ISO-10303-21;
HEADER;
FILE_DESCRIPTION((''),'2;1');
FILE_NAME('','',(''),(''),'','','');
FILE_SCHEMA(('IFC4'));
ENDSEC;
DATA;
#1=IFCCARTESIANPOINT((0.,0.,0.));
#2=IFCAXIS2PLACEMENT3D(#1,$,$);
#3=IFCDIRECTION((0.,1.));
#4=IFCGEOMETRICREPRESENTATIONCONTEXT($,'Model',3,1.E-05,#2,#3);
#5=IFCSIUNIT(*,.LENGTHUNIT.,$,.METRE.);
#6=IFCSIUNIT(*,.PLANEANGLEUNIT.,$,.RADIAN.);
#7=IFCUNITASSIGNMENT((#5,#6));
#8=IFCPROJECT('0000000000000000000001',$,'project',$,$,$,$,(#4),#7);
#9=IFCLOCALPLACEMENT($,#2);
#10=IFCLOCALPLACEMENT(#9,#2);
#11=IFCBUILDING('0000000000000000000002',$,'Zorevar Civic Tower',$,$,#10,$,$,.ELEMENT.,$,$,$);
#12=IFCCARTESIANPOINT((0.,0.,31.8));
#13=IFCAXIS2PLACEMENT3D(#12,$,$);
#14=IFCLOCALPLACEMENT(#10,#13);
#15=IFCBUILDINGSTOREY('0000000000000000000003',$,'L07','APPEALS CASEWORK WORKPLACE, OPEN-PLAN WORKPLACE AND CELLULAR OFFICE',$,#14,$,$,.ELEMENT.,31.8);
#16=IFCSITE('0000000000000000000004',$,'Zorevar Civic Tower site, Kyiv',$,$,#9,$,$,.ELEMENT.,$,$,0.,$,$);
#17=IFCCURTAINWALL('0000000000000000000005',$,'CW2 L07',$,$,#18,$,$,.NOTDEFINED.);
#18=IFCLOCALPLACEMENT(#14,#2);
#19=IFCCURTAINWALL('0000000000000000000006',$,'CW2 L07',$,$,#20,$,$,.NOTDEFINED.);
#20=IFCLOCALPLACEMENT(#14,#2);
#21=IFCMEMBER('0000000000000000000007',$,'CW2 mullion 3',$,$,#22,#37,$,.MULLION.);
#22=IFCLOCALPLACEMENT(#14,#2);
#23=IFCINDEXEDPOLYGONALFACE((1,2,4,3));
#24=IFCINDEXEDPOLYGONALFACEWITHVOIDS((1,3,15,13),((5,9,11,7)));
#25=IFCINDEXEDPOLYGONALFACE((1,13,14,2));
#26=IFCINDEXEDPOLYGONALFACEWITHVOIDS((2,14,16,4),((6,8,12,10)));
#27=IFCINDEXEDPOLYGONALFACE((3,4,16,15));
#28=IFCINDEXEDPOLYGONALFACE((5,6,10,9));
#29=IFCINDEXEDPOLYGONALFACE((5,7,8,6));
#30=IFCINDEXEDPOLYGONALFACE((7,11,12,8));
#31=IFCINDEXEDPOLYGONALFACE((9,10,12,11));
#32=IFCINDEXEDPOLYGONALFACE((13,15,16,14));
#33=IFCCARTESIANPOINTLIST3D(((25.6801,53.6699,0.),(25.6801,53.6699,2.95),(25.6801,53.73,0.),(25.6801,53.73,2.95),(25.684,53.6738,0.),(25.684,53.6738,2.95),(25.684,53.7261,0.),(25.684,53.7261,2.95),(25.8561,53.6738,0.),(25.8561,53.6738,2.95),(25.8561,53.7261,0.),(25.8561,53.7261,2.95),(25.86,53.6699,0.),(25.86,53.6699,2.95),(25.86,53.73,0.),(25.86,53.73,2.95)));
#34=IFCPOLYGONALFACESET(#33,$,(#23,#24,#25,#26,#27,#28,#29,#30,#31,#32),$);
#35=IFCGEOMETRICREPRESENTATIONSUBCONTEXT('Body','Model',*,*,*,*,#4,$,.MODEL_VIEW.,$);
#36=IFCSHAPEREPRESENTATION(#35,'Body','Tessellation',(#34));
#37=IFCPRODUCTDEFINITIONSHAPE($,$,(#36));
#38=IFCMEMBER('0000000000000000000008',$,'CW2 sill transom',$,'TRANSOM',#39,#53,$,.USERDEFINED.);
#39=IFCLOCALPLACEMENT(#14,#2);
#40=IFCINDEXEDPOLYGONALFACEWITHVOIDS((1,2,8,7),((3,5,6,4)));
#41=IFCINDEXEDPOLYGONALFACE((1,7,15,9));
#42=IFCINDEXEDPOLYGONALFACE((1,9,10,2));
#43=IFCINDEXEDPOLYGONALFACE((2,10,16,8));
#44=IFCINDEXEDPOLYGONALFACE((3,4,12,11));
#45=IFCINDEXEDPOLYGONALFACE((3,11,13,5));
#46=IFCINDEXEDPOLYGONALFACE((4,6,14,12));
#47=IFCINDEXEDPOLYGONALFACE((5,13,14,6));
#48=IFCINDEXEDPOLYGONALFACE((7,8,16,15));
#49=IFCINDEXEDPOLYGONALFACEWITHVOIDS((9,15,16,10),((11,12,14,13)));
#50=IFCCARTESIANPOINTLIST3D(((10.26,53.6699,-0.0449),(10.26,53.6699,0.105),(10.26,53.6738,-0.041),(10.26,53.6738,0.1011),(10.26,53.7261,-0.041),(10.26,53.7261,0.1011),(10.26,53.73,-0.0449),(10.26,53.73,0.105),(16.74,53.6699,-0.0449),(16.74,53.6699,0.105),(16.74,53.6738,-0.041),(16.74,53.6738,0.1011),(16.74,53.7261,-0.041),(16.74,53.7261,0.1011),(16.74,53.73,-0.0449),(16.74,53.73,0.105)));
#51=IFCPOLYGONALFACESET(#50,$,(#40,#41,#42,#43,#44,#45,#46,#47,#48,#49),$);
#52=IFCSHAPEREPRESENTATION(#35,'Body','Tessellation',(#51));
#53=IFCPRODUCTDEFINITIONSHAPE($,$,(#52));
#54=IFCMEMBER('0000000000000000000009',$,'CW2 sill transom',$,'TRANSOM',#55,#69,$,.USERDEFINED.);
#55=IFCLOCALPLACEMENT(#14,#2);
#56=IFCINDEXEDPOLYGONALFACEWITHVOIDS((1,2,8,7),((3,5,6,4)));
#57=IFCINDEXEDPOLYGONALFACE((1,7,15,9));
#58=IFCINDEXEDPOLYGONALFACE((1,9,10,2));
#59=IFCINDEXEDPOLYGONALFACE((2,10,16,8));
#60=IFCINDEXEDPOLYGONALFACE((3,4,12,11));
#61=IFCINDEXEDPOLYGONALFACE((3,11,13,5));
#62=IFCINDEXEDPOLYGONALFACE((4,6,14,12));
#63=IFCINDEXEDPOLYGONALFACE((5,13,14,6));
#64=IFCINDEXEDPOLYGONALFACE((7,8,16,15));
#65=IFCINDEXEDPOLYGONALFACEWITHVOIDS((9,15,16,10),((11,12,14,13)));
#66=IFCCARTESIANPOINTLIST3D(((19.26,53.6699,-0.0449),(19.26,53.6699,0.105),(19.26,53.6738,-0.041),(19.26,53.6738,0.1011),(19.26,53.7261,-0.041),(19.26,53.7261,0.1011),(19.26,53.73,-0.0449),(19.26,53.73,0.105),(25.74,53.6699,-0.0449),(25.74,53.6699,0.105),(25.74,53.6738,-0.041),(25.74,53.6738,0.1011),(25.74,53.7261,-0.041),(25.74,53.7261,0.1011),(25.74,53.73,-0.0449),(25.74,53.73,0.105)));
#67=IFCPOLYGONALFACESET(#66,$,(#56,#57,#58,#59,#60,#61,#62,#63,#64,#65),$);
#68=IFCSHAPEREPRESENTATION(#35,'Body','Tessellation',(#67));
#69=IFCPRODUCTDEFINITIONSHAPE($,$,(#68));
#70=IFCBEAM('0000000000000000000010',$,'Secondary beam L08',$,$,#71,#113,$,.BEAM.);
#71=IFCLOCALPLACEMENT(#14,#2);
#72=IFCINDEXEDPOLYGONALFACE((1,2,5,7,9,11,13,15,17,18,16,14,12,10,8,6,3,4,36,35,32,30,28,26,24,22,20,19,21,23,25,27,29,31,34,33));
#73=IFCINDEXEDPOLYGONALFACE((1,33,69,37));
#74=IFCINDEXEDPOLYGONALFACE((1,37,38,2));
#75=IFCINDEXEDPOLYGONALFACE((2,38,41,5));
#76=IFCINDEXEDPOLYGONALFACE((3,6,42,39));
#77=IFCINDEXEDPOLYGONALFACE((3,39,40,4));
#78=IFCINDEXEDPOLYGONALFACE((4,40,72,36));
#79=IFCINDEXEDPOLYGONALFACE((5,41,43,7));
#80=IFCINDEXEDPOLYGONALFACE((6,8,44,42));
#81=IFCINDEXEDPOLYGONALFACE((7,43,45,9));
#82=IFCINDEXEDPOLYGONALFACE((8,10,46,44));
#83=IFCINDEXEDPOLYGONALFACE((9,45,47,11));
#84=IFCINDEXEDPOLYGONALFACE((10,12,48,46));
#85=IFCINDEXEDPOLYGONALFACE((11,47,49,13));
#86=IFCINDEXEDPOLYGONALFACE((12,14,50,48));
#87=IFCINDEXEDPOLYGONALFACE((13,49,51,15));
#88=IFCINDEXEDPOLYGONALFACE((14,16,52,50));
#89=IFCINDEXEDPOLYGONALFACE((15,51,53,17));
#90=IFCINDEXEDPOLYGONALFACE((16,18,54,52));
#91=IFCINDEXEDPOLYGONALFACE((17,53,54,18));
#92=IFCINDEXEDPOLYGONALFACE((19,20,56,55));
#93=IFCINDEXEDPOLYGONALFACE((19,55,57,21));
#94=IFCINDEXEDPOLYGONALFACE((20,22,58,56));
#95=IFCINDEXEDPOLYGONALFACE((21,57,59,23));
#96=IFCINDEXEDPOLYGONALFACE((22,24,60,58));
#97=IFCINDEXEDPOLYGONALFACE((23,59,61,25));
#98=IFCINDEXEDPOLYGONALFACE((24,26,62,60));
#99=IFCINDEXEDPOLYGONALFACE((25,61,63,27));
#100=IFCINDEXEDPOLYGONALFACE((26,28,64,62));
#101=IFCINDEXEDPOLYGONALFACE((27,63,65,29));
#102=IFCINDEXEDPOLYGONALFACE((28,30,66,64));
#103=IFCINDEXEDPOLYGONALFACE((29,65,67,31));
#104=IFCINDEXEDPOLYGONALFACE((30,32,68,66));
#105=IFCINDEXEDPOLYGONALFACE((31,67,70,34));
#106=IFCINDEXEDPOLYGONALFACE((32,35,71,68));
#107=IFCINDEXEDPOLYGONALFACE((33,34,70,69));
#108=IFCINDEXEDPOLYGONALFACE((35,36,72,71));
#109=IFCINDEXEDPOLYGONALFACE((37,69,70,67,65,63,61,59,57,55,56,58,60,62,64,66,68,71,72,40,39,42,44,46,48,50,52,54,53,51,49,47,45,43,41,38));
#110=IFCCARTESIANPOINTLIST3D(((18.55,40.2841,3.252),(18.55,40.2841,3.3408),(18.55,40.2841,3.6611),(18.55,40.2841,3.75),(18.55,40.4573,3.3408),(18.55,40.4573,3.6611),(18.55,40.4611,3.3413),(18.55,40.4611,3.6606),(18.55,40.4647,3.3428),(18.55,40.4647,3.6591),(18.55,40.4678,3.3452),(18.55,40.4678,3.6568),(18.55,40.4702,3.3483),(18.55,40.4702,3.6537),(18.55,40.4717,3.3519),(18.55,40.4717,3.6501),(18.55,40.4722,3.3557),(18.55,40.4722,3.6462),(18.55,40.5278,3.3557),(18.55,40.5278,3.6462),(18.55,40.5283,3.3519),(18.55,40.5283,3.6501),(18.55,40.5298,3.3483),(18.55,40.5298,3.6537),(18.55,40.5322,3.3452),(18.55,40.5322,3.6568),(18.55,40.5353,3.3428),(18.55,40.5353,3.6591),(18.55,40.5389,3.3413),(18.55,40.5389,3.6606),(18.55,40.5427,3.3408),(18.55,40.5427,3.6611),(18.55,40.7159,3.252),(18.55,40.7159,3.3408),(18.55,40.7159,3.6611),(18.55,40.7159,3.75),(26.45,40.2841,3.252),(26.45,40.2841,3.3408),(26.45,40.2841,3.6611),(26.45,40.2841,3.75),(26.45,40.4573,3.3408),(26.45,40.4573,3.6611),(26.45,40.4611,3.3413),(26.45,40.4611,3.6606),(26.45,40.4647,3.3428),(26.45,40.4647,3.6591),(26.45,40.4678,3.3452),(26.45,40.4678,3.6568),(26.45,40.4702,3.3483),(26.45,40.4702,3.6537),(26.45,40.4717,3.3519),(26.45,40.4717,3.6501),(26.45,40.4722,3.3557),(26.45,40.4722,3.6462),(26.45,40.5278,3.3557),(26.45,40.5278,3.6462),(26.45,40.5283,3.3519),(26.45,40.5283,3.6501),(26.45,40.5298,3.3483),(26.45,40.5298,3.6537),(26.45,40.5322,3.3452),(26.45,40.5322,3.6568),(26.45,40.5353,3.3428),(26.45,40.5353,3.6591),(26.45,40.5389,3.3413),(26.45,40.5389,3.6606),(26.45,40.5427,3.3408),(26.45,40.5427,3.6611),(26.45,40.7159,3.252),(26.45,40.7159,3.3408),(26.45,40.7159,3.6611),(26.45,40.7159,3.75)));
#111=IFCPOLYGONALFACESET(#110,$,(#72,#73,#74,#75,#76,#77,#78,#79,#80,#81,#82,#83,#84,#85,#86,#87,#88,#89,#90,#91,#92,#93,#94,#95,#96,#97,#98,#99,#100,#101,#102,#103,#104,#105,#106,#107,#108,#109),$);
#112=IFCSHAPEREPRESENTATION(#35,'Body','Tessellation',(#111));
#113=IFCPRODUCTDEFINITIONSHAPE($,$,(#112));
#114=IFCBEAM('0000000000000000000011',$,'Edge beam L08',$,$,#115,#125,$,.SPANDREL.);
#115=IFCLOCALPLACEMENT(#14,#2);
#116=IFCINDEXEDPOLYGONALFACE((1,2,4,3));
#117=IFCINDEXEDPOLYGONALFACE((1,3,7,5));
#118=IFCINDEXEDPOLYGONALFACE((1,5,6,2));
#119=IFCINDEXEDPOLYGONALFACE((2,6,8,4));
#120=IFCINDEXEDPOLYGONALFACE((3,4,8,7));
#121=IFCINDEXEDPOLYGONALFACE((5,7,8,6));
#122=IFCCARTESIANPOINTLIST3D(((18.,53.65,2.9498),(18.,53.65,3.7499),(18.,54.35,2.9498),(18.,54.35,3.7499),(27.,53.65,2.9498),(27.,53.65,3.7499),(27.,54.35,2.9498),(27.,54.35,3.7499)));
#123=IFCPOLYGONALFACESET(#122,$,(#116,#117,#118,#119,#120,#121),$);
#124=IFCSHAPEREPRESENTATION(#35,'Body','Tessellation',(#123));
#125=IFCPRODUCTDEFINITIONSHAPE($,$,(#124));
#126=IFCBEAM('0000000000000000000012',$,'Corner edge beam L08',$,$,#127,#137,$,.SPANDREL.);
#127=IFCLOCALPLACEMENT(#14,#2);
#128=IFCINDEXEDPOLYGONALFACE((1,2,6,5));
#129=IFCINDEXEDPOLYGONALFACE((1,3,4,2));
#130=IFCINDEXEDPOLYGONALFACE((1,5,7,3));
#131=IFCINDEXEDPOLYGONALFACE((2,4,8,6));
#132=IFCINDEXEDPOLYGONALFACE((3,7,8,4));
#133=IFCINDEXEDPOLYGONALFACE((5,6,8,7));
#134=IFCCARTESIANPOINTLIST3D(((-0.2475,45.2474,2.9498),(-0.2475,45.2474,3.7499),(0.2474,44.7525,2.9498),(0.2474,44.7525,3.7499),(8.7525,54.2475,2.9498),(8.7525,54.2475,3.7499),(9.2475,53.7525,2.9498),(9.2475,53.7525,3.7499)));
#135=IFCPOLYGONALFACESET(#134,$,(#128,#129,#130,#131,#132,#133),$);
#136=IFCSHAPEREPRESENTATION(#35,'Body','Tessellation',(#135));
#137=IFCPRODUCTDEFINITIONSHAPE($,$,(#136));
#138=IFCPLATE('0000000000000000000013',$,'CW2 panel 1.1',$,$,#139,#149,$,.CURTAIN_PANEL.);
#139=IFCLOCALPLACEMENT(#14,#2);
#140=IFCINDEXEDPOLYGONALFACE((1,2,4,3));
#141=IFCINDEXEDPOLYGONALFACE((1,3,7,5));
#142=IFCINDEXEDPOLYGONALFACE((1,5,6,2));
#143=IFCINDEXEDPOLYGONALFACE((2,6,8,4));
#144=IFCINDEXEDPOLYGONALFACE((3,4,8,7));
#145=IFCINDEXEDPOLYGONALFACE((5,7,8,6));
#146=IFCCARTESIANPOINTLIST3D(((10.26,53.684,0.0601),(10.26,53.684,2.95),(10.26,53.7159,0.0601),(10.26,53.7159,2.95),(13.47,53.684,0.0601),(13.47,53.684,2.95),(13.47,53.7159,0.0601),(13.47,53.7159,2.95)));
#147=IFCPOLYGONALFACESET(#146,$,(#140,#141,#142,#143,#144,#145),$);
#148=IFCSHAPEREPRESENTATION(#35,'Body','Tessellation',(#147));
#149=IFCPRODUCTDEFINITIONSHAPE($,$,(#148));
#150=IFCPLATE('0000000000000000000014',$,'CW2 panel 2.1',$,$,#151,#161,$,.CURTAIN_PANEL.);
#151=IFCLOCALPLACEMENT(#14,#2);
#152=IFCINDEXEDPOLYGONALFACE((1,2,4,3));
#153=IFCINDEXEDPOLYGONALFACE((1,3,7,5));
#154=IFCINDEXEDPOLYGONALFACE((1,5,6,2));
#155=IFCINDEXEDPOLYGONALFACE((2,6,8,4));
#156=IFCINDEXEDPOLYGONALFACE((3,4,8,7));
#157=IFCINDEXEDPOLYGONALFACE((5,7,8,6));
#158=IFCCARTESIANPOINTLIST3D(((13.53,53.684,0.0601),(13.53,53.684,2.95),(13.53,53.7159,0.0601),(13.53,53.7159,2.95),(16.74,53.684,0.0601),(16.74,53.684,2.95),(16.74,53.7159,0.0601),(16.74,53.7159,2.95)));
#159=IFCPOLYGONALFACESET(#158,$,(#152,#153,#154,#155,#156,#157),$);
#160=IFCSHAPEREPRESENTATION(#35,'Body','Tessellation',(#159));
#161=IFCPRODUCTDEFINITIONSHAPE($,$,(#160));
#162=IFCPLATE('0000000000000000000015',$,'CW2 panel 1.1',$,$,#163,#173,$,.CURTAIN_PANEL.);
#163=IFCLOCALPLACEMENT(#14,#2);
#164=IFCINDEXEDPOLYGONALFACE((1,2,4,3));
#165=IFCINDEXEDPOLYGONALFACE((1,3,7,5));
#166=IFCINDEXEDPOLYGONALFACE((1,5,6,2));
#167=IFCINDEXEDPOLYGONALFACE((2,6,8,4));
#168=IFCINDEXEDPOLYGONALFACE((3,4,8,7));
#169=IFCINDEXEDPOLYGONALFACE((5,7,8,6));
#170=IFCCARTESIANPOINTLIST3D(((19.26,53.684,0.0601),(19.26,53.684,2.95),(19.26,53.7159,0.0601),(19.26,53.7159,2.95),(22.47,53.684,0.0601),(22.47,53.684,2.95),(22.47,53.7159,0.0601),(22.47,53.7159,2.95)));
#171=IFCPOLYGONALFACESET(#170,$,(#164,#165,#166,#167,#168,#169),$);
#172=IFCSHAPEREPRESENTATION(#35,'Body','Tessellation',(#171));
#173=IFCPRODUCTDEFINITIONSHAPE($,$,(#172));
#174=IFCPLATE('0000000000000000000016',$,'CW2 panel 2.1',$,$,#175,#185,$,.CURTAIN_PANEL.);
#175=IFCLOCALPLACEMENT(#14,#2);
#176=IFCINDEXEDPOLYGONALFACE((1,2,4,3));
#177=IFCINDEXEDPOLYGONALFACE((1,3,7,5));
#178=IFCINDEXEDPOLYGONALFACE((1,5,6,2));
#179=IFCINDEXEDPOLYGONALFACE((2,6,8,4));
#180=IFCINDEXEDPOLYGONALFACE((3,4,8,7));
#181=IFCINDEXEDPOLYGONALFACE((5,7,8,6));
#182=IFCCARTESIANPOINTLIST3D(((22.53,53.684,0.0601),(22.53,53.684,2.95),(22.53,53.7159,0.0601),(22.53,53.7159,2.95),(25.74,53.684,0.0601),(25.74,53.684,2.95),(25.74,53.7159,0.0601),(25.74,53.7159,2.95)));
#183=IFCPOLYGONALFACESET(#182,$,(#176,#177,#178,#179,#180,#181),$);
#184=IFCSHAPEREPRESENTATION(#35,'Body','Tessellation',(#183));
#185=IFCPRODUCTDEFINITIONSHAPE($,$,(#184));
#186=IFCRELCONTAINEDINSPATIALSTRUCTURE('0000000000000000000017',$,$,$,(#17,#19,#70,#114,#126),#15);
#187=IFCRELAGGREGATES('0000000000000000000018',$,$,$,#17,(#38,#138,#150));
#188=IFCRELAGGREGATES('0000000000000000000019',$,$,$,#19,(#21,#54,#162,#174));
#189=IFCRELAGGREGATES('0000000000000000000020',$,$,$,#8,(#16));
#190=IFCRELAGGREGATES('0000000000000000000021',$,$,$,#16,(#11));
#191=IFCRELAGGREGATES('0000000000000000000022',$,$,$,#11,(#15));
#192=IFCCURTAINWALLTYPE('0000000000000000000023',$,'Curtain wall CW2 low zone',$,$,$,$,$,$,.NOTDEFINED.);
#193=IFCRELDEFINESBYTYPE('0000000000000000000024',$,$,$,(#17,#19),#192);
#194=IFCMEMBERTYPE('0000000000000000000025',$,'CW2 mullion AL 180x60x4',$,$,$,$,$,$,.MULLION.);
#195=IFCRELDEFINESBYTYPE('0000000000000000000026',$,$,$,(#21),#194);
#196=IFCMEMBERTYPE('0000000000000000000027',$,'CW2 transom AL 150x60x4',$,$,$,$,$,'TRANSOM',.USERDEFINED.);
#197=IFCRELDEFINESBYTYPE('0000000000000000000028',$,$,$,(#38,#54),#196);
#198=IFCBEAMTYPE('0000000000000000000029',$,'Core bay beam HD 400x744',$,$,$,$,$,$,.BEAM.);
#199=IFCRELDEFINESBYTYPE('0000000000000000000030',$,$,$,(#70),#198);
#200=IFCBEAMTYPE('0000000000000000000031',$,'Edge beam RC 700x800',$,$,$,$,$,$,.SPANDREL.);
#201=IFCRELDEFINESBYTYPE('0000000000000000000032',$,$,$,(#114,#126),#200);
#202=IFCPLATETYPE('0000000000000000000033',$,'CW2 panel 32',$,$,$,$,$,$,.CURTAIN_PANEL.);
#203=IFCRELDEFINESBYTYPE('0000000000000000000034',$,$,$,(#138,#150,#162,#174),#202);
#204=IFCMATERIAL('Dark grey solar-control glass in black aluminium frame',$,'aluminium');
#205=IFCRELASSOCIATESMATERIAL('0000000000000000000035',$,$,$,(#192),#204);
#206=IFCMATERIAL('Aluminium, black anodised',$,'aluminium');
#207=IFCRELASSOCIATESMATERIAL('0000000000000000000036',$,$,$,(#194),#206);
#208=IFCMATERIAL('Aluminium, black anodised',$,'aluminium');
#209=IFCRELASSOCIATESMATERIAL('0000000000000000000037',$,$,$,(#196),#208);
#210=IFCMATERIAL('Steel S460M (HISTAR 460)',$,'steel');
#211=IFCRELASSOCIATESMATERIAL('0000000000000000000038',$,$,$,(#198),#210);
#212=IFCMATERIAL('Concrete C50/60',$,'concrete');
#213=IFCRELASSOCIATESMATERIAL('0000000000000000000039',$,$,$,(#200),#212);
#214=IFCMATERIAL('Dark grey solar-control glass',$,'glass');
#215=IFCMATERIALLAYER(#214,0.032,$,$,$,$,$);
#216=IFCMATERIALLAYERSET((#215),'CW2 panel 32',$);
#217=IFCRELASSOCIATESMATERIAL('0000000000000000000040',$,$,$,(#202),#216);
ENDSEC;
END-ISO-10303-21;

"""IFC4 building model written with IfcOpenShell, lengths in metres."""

from ifc_helpers import new_model, si_unit, direction, frame, origin, origin_2d, place, context, subcontext, project, spatial, rectangle, hollow_rectangle, i_section, extrude, material, layer, layer_set, material_profile, profile_set, type_object, element, aggregate, save


model = new_model("IFC4")

# Units and contexts
model_context = context("Model", 3, precision=1e-05, world=origin(), true_north=direction((0.0, 1.0)))
body_context = subcontext(model_context, "Body", "Model", "MODEL_VIEW")
ifc_project = project(units=[si_unit("LENGTHUNIT", "METRE"), si_unit("PLANEANGLEUNIT", "RADIAN")], contexts=[model_context])

# Site, building, storey
site_placement = place(None, origin())
site = spatial("IfcSite", under=ifc_project, at=site_placement, Name="Zorevar Civic Tower site, Kyiv", CompositionType="ELEMENT", RefElevation=0.0)
building_placement = place(site_placement, origin())
building = spatial("IfcBuilding", under=site, at=building_placement, Name="Zorevar Civic Tower", CompositionType="ELEMENT")
storey_placement = place(building_placement, frame((0.0, 0.0, 31.8)))
storey = spatial("IfcBuildingStorey", under=building, at=storey_placement, Name="L07", Description="APPEALS CASEWORK WORKPLACE, OPEN-PLAN WORKPLACE AND CELLULAR OFFICE", CompositionType="ELEMENT", Elevation=31.8)

# Curtain walls, member
ifc_material_1 = material(Name="Dark grey solar-control glass in black aluminium frame", Category="aluminium")
curtain_wall_type = type_object("IfcCurtainWallType", Name="Curtain wall CW2 low zone", PredefinedType="NOTDEFINED", material=ifc_material_1)
curtain_wall_1_placement = place(storey_placement, origin())
curtain_wall_1 = element("IfcCurtainWall", 1, at=curtain_wall_1_placement, inside=storey, type_object=curtain_wall_type, Name="CW2 L07", PredefinedType="NOTDEFINED")
ifc_material_2 = material(Name="Aluminium, black anodised", Category="aluminium")
ifc_material_profile_1 = material_profile(ifc_material_2, hollow_rectangle(XDim=0.0601, YDim=0.1799, WallThickness=0.0039, at=origin_2d()), Name="AL 180x60x4")
ifc_profile_set_1 = profile_set([ifc_material_profile_1], Name="Aluminium, black anodised")
member_type_1 = type_object("IfcMemberType", Name="CW2 mullion AL 180x60x4", PredefinedType="MULLION", material=ifc_profile_set_1)
curtain_wall_2_placement = place(storey_placement, origin())
curtain_wall_2 = element("IfcCurtainWall", 2, at=curtain_wall_2_placement, inside=storey, type_object=curtain_wall_type, Name="CW2 L07", PredefinedType="NOTDEFINED")
member_1_placement = place(storey_placement, frame((25.77, 53.7, 0.0), z_axis=(0.0, 0.0, 1.0), x_axis=(0.0, 1.0, 0.0)))
member_1 = element("IfcMember", 3, at=member_1_placement, type_object=member_type_1, Name="CW2 mullion 3", PredefinedType="MULLION", context=body_context, shape_type="SweptSolid", body=[
    extrude(hollow_rectangle(XDim=0.0601, YDim=0.1799, WallThickness=0.0039, at=origin_2d()), origin(), (0.0, 0.0, 1.0), 2.95),
])

# Members
ifc_material_3 = material(Name="Aluminium, black anodised", Category="aluminium")
ifc_material_profile_2 = material_profile(ifc_material_3, hollow_rectangle(XDim=0.0601, YDim=0.1499, WallThickness=0.0039, at=origin_2d()), Name="AL 150x60x4")
ifc_profile_set_2 = profile_set([ifc_material_profile_2], Name="Aluminium, black anodised")
member_type_2 = type_object("IfcMemberType", Name="CW2 transom AL 150x60x4", ElementType="TRANSOM", PredefinedType="USERDEFINED", material=ifc_profile_set_2)
member_2_placement = place(storey_placement, frame((10.26, 53.7, 0.03), z_axis=(1.0, 0.0, 0.0), x_axis=(0.0, 1.0, 0.0)))
member_2 = element("IfcMember", 4, at=member_2_placement, type_object=member_type_2, Name="CW2 sill transom", ObjectType="TRANSOM", PredefinedType="USERDEFINED", context=body_context, shape_type="SweptSolid", body=[
    extrude(hollow_rectangle(XDim=0.0601, YDim=0.1499, WallThickness=0.0039, at=origin_2d()), origin(), (0.0, 0.0, 1.0), 6.48),
])
member_3_placement = place(storey_placement, frame((19.26, 53.7, 0.03), z_axis=(1.0, 0.0, 0.0), x_axis=(0.0, 1.0, 0.0)))
member_3 = element("IfcMember", 5, at=member_3_placement, type_object=member_type_2, Name="CW2 sill transom", ObjectType="TRANSOM", PredefinedType="USERDEFINED", context=body_context, shape_type="SweptSolid", body=[
    extrude(hollow_rectangle(XDim=0.0601, YDim=0.1499, WallThickness=0.0039, at=origin_2d()), origin(), (0.0, 0.0, 1.0), 6.48),
])

# Beams
ifc_material_4 = material(Name="Steel S460M (HISTAR 460)", Category="steel")
ifc_material_profile_3 = material_profile(ifc_material_4, i_section(OverallWidth=0.4319, OverallDepth=0.498, WebThickness=0.0557, FlangeThickness=0.0889, FilletRadius=0.0149, at=origin_2d()), Name="HD 400x744")
ifc_profile_set_3 = profile_set([ifc_material_profile_3], Name="Steel S460M (HISTAR 460)")
beam_type_1 = type_object("IfcBeamType", Name="Core bay beam HD 400x744", PredefinedType="BEAM", material=ifc_profile_set_3)
beam_1_placement = place(storey_placement, frame((18.55, 40.5, 3.501), z_axis=(1.0, 0.0, 0.0), x_axis=(0.0, 1.0, 0.0)))
element("IfcBeam", 6, at=beam_1_placement, inside=storey, type_object=beam_type_1, Name="Secondary beam L08", PredefinedType="BEAM", context=body_context, shape_type="SweptSolid", body=[
    extrude(i_section(OverallWidth=0.4319, OverallDepth=0.498, WebThickness=0.0557, FlangeThickness=0.0889, FilletRadius=0.0149, at=origin_2d()), origin(), (0.0, 0.0, 1.0), 7.8999),
])
ifc_material_5 = material(Name="Concrete C50/60", Category="concrete")
ifc_material_profile_4 = material_profile(ifc_material_5, rectangle(XDim=0.7, YDim=0.8, at=origin_2d()), Name="RC 700x800")
ifc_profile_set_4 = profile_set([ifc_material_profile_4], Name="Concrete C50/60")
beam_type_2 = type_object("IfcBeamType", Name="Edge beam RC 700x800", PredefinedType="SPANDREL", material=ifc_profile_set_4)
beam_2_placement = place(storey_placement, frame((18.0, 54.0, 3.3499), z_axis=(1.0, 0.0, 0.0), x_axis=(0.0, 1.0, 0.0)))
element("IfcBeam", 7, at=beam_2_placement, inside=storey, type_object=beam_type_2, Name="Edge beam L08", PredefinedType="SPANDREL", context=body_context, shape_type="SweptSolid", body=[
    extrude(rectangle(XDim=0.7, YDim=0.8, at=origin_2d()), origin(), (0.0, 0.0, 1.0), 9.0),
])
beam_3_placement = place(storey_placement, frame((9.0, 54.0, 3.3499), z_axis=(-0.707107, -0.707107, 0.0), x_axis=(0.707107, -0.707107, 0.0)))
element("IfcBeam", 8, at=beam_3_placement, inside=storey, type_object=beam_type_2, Name="Corner edge beam L08", PredefinedType="SPANDREL", context=body_context, shape_type="SweptSolid", body=[
    extrude(rectangle(XDim=0.7, YDim=0.8, at=origin_2d()), origin(), (0.0, 0.0, 1.0), 12.728),
])

# Plates
ifc_material_6 = material(Name="Dark grey solar-control glass", Category="glass")
ifc_layer_1 = layer(ifc_material_6, 0.032)
ifc_layer_set_1 = layer_set([ifc_layer_1], Name="CW2 panel 32")
plate_type = type_object("IfcPlateType", Name="CW2 panel 32", PredefinedType="CURTAIN_PANEL", material=ifc_layer_set_1)
plate_1_placement = place(storey_placement, frame((11.865, 53.7, 0.0601), z_axis=(0.0, 0.0, 1.0), x_axis=(1.0, 0.0, 0.0)))
plate_1 = element("IfcPlate", 9, at=plate_1_placement, type_object=plate_type, Name="CW2 panel 1.1", PredefinedType="CURTAIN_PANEL", context=body_context, shape_type="SweptSolid", body=[
    extrude(rectangle(XDim=3.21, YDim=0.032, at=origin_2d()), origin(), (0.0, 0.0, 1.0), 2.8899),
])
plate_2_placement = place(storey_placement, frame((15.135, 53.7, 0.0601), z_axis=(0.0, 0.0, 1.0), x_axis=(1.0, 0.0, 0.0)))
plate_2 = element("IfcPlate", 10, at=plate_2_placement, type_object=plate_type, Name="CW2 panel 2.1", PredefinedType="CURTAIN_PANEL", context=body_context, shape_type="SweptSolid", body=[
    extrude(rectangle(XDim=3.21, YDim=0.032, at=origin_2d()), origin(), (0.0, 0.0, 1.0), 2.8899),
])
aggregate(curtain_wall_1, [member_2, plate_1, plate_2])
plate_3_placement = place(storey_placement, frame((20.865, 53.7, 0.0601), z_axis=(0.0, 0.0, 1.0), x_axis=(1.0, 0.0, 0.0)))
plate_3 = element("IfcPlate", 11, at=plate_3_placement, type_object=plate_type, Name="CW2 panel 1.1", PredefinedType="CURTAIN_PANEL", context=body_context, shape_type="SweptSolid", body=[
    extrude(rectangle(XDim=3.21, YDim=0.032, at=origin_2d()), origin(), (0.0, 0.0, 1.0), 2.8899),
])
plate_4_placement = place(storey_placement, frame((24.135, 53.7, 0.0601), z_axis=(0.0, 0.0, 1.0), x_axis=(1.0, 0.0, 0.0)))
plate_4 = element("IfcPlate", 12, at=plate_4_placement, type_object=plate_type, Name="CW2 panel 2.1", PredefinedType="CURTAIN_PANEL", context=body_context, shape_type="SweptSolid", body=[
    extrude(rectangle(XDim=3.21, YDim=0.032, at=origin_2d()), origin(), (0.0, 0.0, 1.0), 2.8899),
])
aggregate(curtain_wall_2, [member_1, member_3, plate_3, plate_4])

save(model, "model.ifc")
